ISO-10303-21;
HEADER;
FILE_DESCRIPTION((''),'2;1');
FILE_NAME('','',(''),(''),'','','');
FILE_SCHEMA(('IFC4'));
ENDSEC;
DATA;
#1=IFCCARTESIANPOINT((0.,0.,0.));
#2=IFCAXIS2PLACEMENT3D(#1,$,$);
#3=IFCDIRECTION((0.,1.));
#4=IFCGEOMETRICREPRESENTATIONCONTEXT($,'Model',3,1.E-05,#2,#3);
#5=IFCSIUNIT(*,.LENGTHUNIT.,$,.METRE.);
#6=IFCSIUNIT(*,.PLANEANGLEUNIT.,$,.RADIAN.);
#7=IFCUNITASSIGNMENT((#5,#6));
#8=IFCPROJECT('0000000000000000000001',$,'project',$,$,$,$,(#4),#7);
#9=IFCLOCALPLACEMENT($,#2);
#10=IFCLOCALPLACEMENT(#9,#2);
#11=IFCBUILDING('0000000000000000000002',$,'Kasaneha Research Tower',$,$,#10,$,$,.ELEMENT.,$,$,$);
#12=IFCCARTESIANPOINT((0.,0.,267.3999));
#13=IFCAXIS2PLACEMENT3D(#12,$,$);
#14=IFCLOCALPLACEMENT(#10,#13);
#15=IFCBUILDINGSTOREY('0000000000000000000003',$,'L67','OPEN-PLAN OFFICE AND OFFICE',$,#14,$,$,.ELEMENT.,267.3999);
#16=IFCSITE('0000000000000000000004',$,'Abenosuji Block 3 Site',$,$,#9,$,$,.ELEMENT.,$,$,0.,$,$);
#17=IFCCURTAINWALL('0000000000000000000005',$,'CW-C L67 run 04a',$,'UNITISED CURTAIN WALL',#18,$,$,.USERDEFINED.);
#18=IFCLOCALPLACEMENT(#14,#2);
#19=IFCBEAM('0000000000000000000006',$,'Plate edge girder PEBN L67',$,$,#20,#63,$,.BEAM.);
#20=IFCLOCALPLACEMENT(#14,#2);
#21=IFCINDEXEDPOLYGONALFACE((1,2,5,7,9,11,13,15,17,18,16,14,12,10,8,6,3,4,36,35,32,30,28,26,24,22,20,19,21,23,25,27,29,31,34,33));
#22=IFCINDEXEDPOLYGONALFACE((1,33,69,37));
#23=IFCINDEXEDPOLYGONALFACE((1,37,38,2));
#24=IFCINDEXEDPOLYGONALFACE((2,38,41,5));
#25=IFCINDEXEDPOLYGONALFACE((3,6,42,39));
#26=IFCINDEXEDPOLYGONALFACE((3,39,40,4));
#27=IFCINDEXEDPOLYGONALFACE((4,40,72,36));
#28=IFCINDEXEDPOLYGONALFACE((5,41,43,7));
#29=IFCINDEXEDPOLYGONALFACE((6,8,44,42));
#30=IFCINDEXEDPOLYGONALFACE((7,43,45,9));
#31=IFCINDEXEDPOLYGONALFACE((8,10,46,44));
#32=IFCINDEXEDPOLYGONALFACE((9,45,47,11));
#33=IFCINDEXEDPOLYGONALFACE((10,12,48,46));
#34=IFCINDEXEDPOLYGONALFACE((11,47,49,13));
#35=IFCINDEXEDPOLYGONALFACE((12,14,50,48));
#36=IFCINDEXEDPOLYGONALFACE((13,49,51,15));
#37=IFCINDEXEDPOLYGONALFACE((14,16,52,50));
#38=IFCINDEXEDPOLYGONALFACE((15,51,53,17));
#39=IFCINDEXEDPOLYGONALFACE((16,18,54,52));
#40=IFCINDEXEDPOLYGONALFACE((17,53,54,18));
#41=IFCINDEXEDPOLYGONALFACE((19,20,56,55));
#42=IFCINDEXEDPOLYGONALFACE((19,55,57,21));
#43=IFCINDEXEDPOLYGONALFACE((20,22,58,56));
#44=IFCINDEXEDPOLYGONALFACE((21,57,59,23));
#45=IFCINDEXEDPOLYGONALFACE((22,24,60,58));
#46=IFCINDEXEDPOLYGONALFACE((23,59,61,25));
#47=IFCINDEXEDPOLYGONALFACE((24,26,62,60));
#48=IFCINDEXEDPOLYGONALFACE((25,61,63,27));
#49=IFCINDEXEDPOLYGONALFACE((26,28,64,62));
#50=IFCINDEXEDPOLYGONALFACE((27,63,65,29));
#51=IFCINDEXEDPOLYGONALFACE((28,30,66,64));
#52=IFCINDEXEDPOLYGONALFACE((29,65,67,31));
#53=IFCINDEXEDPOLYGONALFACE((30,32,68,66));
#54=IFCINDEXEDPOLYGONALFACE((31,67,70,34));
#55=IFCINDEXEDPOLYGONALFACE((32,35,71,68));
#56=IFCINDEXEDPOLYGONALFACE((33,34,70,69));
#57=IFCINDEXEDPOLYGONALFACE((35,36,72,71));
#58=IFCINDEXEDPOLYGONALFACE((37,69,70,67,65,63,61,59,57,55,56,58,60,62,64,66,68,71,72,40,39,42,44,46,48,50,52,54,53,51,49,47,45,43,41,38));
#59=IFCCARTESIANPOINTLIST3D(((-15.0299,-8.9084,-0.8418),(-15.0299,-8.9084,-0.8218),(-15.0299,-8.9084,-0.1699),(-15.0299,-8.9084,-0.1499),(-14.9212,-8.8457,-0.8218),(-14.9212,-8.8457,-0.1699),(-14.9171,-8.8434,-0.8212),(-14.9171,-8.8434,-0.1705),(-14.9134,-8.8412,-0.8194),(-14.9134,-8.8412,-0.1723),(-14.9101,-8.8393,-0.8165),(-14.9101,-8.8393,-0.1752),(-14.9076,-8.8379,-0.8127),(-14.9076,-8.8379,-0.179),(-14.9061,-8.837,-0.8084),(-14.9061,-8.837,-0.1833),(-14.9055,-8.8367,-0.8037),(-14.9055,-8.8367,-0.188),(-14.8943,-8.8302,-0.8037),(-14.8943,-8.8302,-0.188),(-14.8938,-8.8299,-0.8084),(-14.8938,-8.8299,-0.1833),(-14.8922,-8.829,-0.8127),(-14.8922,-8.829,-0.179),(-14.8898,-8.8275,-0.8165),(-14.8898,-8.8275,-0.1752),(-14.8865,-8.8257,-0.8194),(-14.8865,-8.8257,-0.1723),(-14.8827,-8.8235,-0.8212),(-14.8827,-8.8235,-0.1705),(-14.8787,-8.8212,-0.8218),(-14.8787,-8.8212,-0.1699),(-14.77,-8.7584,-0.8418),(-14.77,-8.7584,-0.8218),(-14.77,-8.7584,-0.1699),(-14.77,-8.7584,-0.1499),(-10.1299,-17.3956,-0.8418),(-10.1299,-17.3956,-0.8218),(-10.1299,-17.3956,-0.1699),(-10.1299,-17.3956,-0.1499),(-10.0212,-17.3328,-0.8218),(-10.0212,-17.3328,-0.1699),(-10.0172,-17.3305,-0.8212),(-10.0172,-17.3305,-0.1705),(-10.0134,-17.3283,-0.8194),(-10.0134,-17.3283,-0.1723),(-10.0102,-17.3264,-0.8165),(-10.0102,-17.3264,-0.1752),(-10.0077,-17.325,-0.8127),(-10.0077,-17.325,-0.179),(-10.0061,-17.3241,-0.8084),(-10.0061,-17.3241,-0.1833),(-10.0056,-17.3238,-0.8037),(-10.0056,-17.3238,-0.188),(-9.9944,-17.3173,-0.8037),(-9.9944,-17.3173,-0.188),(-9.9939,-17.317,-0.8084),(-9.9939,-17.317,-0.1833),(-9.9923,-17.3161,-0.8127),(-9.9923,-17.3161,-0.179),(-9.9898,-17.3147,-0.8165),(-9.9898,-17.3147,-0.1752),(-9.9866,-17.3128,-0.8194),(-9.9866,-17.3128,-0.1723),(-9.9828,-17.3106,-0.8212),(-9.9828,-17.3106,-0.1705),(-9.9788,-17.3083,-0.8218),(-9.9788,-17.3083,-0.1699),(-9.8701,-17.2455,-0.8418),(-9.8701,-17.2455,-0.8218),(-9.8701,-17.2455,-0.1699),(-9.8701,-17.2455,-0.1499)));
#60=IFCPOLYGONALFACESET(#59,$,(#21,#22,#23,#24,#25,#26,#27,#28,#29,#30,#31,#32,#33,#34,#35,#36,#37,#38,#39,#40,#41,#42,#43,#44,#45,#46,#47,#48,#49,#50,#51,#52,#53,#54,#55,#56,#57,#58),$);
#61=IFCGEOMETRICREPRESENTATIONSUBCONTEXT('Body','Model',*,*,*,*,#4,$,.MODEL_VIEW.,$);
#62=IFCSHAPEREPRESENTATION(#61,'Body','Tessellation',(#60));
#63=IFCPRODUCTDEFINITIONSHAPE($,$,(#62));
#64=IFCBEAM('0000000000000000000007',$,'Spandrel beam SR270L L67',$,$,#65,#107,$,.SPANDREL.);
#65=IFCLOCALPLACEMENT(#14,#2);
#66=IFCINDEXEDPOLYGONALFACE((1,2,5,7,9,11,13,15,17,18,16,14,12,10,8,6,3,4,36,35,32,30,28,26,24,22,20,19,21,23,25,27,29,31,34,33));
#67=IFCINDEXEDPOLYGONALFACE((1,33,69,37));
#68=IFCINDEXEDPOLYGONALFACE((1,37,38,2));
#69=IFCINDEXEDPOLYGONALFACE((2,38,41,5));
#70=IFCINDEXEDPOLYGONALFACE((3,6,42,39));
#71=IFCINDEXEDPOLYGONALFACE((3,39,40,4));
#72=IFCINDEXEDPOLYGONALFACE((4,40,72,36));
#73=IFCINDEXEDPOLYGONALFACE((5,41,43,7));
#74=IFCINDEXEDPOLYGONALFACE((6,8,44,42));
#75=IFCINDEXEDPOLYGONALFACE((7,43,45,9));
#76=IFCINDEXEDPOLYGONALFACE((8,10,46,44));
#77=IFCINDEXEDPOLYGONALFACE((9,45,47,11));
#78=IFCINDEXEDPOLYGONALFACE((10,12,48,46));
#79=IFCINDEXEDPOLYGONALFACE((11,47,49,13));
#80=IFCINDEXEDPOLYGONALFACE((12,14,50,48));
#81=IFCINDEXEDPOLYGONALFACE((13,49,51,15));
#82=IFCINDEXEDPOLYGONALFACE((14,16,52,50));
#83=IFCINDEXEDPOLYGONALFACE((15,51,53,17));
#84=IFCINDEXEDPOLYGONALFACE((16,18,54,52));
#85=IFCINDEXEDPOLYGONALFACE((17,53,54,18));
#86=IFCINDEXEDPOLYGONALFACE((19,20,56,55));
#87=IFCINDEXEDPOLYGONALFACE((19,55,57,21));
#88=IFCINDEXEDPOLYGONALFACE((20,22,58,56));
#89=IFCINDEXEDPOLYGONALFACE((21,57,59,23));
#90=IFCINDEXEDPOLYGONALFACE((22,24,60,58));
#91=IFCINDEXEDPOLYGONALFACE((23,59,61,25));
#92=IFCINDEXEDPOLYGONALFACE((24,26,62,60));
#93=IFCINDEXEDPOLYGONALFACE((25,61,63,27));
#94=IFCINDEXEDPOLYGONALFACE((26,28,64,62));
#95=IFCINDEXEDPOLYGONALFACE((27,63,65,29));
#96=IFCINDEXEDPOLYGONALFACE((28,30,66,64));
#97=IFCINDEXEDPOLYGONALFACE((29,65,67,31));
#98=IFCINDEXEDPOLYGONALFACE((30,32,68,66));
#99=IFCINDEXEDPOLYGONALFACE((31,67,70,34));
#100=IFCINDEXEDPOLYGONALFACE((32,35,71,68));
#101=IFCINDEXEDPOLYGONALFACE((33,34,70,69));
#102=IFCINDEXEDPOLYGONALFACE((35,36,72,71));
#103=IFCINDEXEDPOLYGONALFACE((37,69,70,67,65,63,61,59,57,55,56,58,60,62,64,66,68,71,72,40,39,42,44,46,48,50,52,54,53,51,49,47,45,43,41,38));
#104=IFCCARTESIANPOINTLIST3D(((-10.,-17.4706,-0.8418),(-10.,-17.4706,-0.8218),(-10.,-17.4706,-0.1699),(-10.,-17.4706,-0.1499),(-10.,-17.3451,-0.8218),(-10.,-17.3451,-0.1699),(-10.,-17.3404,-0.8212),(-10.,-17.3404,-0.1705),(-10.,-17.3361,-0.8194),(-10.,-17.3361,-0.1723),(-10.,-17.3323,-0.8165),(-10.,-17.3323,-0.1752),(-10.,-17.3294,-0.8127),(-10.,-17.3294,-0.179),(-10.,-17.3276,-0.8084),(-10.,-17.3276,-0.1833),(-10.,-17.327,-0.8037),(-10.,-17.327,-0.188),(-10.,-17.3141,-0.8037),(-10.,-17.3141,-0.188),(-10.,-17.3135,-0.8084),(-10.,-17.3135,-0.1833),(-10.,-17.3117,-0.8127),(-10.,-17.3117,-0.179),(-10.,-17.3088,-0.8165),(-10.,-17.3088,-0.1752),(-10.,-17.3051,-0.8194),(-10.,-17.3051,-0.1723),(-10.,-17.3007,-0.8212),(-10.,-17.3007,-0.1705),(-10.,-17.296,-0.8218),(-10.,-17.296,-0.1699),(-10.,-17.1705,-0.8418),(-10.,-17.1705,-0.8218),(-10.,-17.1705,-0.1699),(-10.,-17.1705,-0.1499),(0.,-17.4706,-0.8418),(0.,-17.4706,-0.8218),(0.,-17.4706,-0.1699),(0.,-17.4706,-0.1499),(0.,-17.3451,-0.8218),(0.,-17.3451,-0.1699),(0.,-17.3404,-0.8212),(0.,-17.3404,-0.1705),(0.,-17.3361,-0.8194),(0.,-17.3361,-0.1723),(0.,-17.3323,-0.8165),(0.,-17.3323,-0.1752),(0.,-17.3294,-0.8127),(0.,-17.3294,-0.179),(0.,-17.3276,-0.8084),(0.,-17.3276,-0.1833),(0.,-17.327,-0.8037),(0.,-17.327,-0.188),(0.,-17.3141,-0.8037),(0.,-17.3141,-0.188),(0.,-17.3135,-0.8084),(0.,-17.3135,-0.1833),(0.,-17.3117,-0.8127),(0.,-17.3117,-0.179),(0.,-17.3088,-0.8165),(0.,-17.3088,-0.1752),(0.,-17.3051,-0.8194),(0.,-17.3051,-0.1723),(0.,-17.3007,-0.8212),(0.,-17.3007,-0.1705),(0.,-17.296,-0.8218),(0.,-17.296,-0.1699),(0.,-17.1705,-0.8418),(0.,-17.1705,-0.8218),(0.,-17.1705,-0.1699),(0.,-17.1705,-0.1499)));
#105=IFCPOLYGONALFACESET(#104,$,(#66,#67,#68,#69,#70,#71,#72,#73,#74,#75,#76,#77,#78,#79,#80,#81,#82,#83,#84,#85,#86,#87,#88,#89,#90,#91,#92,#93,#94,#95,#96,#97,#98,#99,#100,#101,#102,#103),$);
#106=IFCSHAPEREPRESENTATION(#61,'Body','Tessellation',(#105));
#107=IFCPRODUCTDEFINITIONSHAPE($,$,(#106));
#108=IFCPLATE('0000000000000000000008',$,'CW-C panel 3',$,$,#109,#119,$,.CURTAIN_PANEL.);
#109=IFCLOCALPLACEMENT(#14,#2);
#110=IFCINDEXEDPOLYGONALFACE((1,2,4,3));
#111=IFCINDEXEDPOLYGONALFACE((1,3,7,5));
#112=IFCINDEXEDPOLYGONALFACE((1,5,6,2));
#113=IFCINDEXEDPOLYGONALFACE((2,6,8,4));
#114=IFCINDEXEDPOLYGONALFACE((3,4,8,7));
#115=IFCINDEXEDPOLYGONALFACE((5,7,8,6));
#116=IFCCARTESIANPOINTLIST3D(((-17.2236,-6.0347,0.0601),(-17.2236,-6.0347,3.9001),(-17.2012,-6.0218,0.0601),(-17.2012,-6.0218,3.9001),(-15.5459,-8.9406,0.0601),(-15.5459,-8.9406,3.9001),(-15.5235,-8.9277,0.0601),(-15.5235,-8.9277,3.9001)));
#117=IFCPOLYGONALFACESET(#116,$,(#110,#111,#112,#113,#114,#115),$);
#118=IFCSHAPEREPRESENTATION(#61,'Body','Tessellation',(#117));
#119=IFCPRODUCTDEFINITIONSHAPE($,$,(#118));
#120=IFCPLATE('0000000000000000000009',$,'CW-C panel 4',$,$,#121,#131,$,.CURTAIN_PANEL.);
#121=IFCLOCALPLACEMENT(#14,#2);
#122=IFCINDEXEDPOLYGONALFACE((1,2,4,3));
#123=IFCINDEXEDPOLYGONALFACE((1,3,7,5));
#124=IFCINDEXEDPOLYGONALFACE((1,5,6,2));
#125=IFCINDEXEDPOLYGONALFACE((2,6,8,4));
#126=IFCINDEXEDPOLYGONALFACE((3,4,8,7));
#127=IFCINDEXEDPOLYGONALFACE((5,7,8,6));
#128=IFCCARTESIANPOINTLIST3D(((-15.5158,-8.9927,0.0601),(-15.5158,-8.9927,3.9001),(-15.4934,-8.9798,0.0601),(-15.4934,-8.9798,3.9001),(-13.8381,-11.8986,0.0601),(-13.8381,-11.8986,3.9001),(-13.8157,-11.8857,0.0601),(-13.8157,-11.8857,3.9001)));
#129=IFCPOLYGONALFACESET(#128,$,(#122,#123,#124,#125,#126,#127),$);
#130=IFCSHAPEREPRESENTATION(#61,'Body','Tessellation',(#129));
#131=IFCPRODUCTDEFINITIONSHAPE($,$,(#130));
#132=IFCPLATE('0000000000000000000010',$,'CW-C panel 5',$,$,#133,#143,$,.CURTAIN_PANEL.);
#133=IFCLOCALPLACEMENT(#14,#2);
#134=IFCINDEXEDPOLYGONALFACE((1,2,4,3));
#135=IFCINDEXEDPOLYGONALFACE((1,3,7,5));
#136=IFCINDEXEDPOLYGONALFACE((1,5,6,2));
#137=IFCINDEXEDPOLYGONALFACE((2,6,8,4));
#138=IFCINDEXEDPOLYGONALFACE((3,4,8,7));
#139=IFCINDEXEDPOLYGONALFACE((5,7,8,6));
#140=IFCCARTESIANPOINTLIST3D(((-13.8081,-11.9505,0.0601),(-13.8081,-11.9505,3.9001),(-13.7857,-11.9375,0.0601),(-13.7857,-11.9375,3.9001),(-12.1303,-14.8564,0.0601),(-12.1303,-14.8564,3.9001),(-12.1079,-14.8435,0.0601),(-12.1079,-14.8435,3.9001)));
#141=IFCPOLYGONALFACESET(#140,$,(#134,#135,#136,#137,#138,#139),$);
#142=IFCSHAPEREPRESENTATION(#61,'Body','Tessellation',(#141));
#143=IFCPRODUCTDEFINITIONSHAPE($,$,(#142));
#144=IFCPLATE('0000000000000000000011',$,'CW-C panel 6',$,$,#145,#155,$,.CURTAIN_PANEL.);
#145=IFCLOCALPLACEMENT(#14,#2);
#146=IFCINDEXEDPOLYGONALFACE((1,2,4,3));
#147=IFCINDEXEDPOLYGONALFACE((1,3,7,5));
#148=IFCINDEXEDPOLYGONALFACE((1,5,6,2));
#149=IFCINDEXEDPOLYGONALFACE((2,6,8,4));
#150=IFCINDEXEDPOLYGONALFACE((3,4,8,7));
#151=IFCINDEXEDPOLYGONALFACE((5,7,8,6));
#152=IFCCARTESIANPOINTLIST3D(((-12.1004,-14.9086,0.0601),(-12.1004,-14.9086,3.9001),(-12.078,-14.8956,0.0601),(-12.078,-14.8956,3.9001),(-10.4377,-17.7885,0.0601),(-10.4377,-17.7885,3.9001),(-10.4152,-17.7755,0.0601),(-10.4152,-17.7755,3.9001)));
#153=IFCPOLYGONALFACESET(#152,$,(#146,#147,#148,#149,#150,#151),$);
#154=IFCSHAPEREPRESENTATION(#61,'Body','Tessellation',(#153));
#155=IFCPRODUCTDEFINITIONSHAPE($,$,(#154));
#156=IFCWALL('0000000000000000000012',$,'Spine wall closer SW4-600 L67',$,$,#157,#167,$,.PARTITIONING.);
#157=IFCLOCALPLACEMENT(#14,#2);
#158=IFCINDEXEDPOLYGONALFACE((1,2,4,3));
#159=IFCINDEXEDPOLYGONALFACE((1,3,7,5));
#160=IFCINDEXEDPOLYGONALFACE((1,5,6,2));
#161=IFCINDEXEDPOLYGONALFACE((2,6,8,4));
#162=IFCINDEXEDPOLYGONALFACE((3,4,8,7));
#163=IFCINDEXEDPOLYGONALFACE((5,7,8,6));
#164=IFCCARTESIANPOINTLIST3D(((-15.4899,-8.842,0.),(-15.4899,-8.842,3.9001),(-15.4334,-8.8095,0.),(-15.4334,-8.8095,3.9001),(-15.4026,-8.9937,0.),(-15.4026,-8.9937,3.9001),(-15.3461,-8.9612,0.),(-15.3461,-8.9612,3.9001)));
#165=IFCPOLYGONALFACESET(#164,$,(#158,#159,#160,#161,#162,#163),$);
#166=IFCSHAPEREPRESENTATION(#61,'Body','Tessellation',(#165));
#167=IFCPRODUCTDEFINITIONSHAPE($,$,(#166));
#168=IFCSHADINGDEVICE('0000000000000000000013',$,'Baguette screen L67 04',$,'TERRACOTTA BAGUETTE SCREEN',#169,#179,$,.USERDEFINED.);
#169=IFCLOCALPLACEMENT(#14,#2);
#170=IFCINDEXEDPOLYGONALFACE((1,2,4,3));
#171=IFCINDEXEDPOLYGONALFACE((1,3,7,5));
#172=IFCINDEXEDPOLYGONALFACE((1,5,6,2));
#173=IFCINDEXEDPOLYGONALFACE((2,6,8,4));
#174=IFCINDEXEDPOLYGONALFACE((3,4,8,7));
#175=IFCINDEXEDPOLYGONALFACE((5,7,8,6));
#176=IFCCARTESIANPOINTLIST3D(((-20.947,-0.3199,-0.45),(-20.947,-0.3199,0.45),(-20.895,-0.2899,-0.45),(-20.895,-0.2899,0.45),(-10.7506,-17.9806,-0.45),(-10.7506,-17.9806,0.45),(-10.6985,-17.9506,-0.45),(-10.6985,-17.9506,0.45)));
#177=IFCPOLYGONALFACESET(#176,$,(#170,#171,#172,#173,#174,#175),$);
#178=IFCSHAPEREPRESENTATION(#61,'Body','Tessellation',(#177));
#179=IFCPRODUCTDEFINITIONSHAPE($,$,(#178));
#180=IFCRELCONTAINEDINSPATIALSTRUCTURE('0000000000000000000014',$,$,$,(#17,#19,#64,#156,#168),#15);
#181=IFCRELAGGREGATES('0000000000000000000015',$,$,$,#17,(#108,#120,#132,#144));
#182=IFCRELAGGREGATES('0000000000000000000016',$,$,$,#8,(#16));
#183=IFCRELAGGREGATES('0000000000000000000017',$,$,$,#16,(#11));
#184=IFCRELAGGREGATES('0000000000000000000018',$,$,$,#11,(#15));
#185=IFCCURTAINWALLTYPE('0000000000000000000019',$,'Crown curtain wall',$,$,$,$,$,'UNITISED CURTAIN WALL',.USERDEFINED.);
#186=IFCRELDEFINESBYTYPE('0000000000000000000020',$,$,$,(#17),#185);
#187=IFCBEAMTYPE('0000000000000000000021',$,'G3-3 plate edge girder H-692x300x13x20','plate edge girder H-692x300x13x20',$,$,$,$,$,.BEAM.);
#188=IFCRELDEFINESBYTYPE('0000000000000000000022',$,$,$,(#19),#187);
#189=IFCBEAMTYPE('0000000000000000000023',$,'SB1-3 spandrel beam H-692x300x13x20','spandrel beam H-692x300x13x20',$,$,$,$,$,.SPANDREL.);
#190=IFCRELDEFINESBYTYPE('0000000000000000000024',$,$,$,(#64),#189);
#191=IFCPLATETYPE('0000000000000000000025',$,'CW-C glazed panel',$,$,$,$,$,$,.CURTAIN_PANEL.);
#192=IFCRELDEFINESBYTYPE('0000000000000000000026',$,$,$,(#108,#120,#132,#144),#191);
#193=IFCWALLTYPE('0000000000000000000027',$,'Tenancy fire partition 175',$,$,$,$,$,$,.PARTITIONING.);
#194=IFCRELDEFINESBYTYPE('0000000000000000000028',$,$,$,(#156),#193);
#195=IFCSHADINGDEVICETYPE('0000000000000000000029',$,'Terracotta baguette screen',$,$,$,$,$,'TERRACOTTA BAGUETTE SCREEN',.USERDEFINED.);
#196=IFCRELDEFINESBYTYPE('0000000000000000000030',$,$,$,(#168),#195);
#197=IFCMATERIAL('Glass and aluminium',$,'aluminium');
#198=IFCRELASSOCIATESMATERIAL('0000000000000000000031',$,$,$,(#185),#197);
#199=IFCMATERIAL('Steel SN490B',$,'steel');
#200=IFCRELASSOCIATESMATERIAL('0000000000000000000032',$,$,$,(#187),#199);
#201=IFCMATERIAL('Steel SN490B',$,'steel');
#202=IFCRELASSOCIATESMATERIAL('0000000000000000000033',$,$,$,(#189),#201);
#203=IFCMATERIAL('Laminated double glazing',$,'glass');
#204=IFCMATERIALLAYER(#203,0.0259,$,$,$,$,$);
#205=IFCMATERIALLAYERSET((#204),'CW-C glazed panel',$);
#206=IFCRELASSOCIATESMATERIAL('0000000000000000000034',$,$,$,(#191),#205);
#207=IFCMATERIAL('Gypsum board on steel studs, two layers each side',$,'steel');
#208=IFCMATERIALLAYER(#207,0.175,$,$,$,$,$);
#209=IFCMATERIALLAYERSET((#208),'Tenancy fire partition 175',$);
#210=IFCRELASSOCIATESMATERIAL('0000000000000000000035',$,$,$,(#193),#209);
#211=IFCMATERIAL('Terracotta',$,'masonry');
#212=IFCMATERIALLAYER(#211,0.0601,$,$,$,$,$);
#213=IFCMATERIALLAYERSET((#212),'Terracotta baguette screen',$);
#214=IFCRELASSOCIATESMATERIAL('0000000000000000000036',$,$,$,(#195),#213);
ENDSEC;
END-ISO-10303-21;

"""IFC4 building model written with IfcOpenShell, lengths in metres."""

from ifc_helpers import new_model, si_unit, direction, frame, frame_2d, origin, origin_2d, place, context, subcontext, project, spatial, rectangle, i_section, extrude, material, layer, layer_set, material_profile, profile_set, type_object, element, aggregate, save


model = new_model("IFC4")

# Units and contexts
model_context = context("Model", 3, precision=1e-05, world=origin(), true_north=direction((0.0, 1.0)))
body_context = subcontext(model_context, "Body", "Model", "MODEL_VIEW")
ifc_project = project(units=[si_unit("LENGTHUNIT", "METRE"), si_unit("PLANEANGLEUNIT", "RADIAN")], contexts=[model_context])

# Site, building, storey
site_placement = place(None, origin())
site = spatial("IfcSite", under=ifc_project, at=site_placement, Name="Abenosuji Block 3 Site", CompositionType="ELEMENT", RefElevation=0.0)
building_placement = place(site_placement, origin())
building = spatial("IfcBuilding", under=site, at=building_placement, Name="Kasaneha Research Tower", CompositionType="ELEMENT")
storey_placement = place(building_placement, frame((0.0, 0.0, 267.3999)))
storey = spatial("IfcBuildingStorey", under=building, at=storey_placement, Name="L67", Description="OPEN-PLAN OFFICE AND OFFICE", CompositionType="ELEMENT", Elevation=267.3999)

# Curtain wall
ifc_material_1 = material(Name="Glass and aluminium", Category="aluminium")
curtain_wall_type = type_object("IfcCurtainWallType", Name="Crown curtain wall", ElementType="UNITISED CURTAIN WALL", PredefinedType="USERDEFINED", material=ifc_material_1)
curtain_wall_1_placement = place(storey_placement, origin())
curtain_wall_1 = element("IfcCurtainWall", 1, at=curtain_wall_1_placement, inside=storey, type_object=curtain_wall_type, Name="CW-C L67 run 04a", ObjectType="UNITISED CURTAIN WALL", PredefinedType="USERDEFINED")

# Beams
ifc_material_2 = material(Name="Steel SN490B", Category="steel")
ifc_material_profile_1 = material_profile(ifc_material_2, i_section(OverallWidth=0.3, OverallDepth=0.6919, WebThickness=0.0129, FlangeThickness=0.02, FilletRadius=0.0181, at=origin_2d()), Name="H-692x300x13x20")
ifc_profile_set_1 = profile_set([ifc_material_profile_1], Name="Steel SN490B")
beam_type_1 = type_object("IfcBeamType", Name="G3-3 plate edge girder H-692x300x13x20", Description="plate edge girder H-692x300x13x20", PredefinedType="BEAM", material=ifc_profile_set_1)
beam_1_placement = place(storey_placement, frame((-10.0, -17.3206, -0.4958), z_axis=(-0.499992, 0.86603, 0.0), x_axis=(-0.86603, -0.499992, 0.0)))
element("IfcBeam", 2, at=beam_1_placement, inside=storey, type_object=beam_type_1, Name="Plate edge girder PEBN L67", PredefinedType="BEAM", context=body_context, shape_type="SweptSolid", body=[
    extrude(i_section(OverallWidth=0.3, OverallDepth=0.6919, WebThickness=0.0129, FlangeThickness=0.02, FilletRadius=0.0181, at=origin_2d()), origin(), (0.0, 0.0, 1.0), 9.8),
])
ifc_material_3 = material(Name="Steel SN490B", Category="steel")
ifc_material_profile_2 = material_profile(ifc_material_3, i_section(OverallWidth=0.3, OverallDepth=0.6919, WebThickness=0.0129, FlangeThickness=0.02, FilletRadius=0.0181, at=origin_2d()), Name="H-692x300x13x20")
ifc_profile_set_2 = profile_set([ifc_material_profile_2], Name="Steel SN490B")
beam_type_2 = type_object("IfcBeamType", Name="SB1-3 spandrel beam H-692x300x13x20", Description="spandrel beam H-692x300x13x20", PredefinedType="SPANDREL", material=ifc_profile_set_2)
beam_2_placement = place(storey_placement, frame((-10.0, -17.3206, -0.4958), z_axis=(1.0, 0.0, 0.0), x_axis=(0.0, 1.0, 0.0)))
element("IfcBeam", 3, at=beam_2_placement, inside=storey, type_object=beam_type_2, Name="Spandrel beam SR270L L67", PredefinedType="SPANDREL", context=body_context, shape_type="SweptSolid", body=[
    extrude(i_section(OverallWidth=0.3, OverallDepth=0.6919, WebThickness=0.0129, FlangeThickness=0.02, FilletRadius=0.0181, at=origin_2d()), origin(), (0.0, 0.0, 1.0), 10.0),
])

# Plates
ifc_material_4 = material(Name="Laminated double glazing", Category="glass")
ifc_layer_1 = layer(ifc_material_4, 0.0259)
ifc_layer_set_1 = layer_set([ifc_layer_1], Name="CW-C glazed panel")
plate_type = type_object("IfcPlateType", Name="CW-C glazed panel", PredefinedType="CURTAIN_PANEL", material=ifc_layer_set_1)
plate_1_placement = place(storey_placement, frame((-16.3735, -7.4812, 0.0601), z_axis=(0.0, 0.0, 1.0), x_axis=(0.5, -0.866025, 0.0)))
plate_1 = element("IfcPlate", 4, at=plate_1_placement, type_object=plate_type, Name="CW-C panel 3", PredefinedType="CURTAIN_PANEL", context=body_context, shape_type="SweptSolid", body=[
    extrude(rectangle(XDim=3.3555, YDim=0.0259, at=origin_2d()), origin(), (0.0, 0.0, 1.0), 3.8401),
])
plate_2_placement = place(storey_placement, frame((-14.6658, -10.4392, 0.0601), z_axis=(0.0, 0.0, 1.0), x_axis=(0.5, -0.866025, 0.0)))
plate_2 = element("IfcPlate", 5, at=plate_2_placement, type_object=plate_type, Name="CW-C panel 4", PredefinedType="CURTAIN_PANEL", context=body_context, shape_type="SweptSolid", body=[
    extrude(rectangle(XDim=3.3555, YDim=0.0259, at=origin_2d()), origin(), (0.0, 0.0, 1.0), 3.8401),
])
plate_3_placement = place(storey_placement, frame((-12.958, -13.397, 0.0601), z_axis=(0.0, 0.0, 1.0), x_axis=(0.5, -0.866025, 0.0)))
plate_3 = element("IfcPlate", 6, at=plate_3_placement, type_object=plate_type, Name="CW-C panel 5", PredefinedType="CURTAIN_PANEL", context=body_context, shape_type="SweptSolid", body=[
    extrude(rectangle(XDim=3.3555, YDim=0.0259, at=origin_2d()), origin(), (0.0, 0.0, 1.0), 3.8401),
])
plate_4_placement = place(storey_placement, frame((-11.2578, -16.342, 0.0601), z_axis=(0.0, 0.0, 1.0), x_axis=(0.5, -0.866025, 0.0)))
plate_4 = element("IfcPlate", 7, at=plate_4_placement, type_object=plate_type, Name="CW-C panel 6", PredefinedType="CURTAIN_PANEL", context=body_context, shape_type="SweptSolid", body=[
    extrude(rectangle(XDim=3.3254, YDim=0.0259, at=origin_2d()), origin(), (0.0, 0.0, 1.0), 3.8401),
])
aggregate(curtain_wall_1, [plate_1, plate_2, plate_3, plate_4])

# Wall
ifc_material_5 = material(Name="Gypsum board on steel studs, two layers each side", Category="steel")
ifc_layer_2 = layer(ifc_material_5, 0.175)
ifc_layer_set_2 = layer_set([ifc_layer_2], Name="Tenancy fire partition 175")
wall_type = type_object("IfcWallType", Name="Tenancy fire partition 175", PredefinedType="PARTITIONING", material=ifc_layer_set_2)
wall_placement = place(storey_placement, frame((-15.3896, -8.8853, 0.0), z_axis=(0.0, 0.0, 1.0), x_axis=(-0.866622, -0.498964, 0.0)))
element("IfcWall", 8, at=wall_placement, inside=storey, type_object=wall_type, Name="Spine wall closer SW4-600 L67", PredefinedType="PARTITIONING", context=body_context, shape_type="SweptSolid", body=[
    extrude(rectangle(XDim=0.0652, YDim=0.175, at=frame_2d((0.0327, 0.0))), origin(), (0.0, 0.0, 1.0), 3.9001),
])

# Shading device
ifc_material_6 = material(Name="Terracotta", Category="masonry")
ifc_layer_3 = layer(ifc_material_6, 0.0601)
ifc_layer_set_3 = layer_set([ifc_layer_3], Name="Terracotta baguette screen")
shading_device_type = type_object("IfcShadingDeviceType", Name="Terracotta baguette screen", ElementType="TERRACOTTA BAGUETTE SCREEN", PredefinedType="USERDEFINED", material=ifc_layer_set_3)
shading_device_placement = place(storey_placement, frame((-15.8228, -9.1353, -0.45), z_axis=(0.0, 0.0, 1.0), x_axis=(0.5, -0.866025, 0.0)))
element("IfcShadingDevice", 9, at=shading_device_placement, inside=storey, type_object=shading_device_type, Name="Baguette screen L67 04", ObjectType="TERRACOTTA BAGUETTE SCREEN", PredefinedType="USERDEFINED", context=body_context, shape_type="SweptSolid", body=[
    extrude(rectangle(XDim=20.3928, YDim=0.0601, at=origin_2d()), origin(), (0.0, 0.0, 1.0), 0.8999),
])

save(model, "model.ifc")
